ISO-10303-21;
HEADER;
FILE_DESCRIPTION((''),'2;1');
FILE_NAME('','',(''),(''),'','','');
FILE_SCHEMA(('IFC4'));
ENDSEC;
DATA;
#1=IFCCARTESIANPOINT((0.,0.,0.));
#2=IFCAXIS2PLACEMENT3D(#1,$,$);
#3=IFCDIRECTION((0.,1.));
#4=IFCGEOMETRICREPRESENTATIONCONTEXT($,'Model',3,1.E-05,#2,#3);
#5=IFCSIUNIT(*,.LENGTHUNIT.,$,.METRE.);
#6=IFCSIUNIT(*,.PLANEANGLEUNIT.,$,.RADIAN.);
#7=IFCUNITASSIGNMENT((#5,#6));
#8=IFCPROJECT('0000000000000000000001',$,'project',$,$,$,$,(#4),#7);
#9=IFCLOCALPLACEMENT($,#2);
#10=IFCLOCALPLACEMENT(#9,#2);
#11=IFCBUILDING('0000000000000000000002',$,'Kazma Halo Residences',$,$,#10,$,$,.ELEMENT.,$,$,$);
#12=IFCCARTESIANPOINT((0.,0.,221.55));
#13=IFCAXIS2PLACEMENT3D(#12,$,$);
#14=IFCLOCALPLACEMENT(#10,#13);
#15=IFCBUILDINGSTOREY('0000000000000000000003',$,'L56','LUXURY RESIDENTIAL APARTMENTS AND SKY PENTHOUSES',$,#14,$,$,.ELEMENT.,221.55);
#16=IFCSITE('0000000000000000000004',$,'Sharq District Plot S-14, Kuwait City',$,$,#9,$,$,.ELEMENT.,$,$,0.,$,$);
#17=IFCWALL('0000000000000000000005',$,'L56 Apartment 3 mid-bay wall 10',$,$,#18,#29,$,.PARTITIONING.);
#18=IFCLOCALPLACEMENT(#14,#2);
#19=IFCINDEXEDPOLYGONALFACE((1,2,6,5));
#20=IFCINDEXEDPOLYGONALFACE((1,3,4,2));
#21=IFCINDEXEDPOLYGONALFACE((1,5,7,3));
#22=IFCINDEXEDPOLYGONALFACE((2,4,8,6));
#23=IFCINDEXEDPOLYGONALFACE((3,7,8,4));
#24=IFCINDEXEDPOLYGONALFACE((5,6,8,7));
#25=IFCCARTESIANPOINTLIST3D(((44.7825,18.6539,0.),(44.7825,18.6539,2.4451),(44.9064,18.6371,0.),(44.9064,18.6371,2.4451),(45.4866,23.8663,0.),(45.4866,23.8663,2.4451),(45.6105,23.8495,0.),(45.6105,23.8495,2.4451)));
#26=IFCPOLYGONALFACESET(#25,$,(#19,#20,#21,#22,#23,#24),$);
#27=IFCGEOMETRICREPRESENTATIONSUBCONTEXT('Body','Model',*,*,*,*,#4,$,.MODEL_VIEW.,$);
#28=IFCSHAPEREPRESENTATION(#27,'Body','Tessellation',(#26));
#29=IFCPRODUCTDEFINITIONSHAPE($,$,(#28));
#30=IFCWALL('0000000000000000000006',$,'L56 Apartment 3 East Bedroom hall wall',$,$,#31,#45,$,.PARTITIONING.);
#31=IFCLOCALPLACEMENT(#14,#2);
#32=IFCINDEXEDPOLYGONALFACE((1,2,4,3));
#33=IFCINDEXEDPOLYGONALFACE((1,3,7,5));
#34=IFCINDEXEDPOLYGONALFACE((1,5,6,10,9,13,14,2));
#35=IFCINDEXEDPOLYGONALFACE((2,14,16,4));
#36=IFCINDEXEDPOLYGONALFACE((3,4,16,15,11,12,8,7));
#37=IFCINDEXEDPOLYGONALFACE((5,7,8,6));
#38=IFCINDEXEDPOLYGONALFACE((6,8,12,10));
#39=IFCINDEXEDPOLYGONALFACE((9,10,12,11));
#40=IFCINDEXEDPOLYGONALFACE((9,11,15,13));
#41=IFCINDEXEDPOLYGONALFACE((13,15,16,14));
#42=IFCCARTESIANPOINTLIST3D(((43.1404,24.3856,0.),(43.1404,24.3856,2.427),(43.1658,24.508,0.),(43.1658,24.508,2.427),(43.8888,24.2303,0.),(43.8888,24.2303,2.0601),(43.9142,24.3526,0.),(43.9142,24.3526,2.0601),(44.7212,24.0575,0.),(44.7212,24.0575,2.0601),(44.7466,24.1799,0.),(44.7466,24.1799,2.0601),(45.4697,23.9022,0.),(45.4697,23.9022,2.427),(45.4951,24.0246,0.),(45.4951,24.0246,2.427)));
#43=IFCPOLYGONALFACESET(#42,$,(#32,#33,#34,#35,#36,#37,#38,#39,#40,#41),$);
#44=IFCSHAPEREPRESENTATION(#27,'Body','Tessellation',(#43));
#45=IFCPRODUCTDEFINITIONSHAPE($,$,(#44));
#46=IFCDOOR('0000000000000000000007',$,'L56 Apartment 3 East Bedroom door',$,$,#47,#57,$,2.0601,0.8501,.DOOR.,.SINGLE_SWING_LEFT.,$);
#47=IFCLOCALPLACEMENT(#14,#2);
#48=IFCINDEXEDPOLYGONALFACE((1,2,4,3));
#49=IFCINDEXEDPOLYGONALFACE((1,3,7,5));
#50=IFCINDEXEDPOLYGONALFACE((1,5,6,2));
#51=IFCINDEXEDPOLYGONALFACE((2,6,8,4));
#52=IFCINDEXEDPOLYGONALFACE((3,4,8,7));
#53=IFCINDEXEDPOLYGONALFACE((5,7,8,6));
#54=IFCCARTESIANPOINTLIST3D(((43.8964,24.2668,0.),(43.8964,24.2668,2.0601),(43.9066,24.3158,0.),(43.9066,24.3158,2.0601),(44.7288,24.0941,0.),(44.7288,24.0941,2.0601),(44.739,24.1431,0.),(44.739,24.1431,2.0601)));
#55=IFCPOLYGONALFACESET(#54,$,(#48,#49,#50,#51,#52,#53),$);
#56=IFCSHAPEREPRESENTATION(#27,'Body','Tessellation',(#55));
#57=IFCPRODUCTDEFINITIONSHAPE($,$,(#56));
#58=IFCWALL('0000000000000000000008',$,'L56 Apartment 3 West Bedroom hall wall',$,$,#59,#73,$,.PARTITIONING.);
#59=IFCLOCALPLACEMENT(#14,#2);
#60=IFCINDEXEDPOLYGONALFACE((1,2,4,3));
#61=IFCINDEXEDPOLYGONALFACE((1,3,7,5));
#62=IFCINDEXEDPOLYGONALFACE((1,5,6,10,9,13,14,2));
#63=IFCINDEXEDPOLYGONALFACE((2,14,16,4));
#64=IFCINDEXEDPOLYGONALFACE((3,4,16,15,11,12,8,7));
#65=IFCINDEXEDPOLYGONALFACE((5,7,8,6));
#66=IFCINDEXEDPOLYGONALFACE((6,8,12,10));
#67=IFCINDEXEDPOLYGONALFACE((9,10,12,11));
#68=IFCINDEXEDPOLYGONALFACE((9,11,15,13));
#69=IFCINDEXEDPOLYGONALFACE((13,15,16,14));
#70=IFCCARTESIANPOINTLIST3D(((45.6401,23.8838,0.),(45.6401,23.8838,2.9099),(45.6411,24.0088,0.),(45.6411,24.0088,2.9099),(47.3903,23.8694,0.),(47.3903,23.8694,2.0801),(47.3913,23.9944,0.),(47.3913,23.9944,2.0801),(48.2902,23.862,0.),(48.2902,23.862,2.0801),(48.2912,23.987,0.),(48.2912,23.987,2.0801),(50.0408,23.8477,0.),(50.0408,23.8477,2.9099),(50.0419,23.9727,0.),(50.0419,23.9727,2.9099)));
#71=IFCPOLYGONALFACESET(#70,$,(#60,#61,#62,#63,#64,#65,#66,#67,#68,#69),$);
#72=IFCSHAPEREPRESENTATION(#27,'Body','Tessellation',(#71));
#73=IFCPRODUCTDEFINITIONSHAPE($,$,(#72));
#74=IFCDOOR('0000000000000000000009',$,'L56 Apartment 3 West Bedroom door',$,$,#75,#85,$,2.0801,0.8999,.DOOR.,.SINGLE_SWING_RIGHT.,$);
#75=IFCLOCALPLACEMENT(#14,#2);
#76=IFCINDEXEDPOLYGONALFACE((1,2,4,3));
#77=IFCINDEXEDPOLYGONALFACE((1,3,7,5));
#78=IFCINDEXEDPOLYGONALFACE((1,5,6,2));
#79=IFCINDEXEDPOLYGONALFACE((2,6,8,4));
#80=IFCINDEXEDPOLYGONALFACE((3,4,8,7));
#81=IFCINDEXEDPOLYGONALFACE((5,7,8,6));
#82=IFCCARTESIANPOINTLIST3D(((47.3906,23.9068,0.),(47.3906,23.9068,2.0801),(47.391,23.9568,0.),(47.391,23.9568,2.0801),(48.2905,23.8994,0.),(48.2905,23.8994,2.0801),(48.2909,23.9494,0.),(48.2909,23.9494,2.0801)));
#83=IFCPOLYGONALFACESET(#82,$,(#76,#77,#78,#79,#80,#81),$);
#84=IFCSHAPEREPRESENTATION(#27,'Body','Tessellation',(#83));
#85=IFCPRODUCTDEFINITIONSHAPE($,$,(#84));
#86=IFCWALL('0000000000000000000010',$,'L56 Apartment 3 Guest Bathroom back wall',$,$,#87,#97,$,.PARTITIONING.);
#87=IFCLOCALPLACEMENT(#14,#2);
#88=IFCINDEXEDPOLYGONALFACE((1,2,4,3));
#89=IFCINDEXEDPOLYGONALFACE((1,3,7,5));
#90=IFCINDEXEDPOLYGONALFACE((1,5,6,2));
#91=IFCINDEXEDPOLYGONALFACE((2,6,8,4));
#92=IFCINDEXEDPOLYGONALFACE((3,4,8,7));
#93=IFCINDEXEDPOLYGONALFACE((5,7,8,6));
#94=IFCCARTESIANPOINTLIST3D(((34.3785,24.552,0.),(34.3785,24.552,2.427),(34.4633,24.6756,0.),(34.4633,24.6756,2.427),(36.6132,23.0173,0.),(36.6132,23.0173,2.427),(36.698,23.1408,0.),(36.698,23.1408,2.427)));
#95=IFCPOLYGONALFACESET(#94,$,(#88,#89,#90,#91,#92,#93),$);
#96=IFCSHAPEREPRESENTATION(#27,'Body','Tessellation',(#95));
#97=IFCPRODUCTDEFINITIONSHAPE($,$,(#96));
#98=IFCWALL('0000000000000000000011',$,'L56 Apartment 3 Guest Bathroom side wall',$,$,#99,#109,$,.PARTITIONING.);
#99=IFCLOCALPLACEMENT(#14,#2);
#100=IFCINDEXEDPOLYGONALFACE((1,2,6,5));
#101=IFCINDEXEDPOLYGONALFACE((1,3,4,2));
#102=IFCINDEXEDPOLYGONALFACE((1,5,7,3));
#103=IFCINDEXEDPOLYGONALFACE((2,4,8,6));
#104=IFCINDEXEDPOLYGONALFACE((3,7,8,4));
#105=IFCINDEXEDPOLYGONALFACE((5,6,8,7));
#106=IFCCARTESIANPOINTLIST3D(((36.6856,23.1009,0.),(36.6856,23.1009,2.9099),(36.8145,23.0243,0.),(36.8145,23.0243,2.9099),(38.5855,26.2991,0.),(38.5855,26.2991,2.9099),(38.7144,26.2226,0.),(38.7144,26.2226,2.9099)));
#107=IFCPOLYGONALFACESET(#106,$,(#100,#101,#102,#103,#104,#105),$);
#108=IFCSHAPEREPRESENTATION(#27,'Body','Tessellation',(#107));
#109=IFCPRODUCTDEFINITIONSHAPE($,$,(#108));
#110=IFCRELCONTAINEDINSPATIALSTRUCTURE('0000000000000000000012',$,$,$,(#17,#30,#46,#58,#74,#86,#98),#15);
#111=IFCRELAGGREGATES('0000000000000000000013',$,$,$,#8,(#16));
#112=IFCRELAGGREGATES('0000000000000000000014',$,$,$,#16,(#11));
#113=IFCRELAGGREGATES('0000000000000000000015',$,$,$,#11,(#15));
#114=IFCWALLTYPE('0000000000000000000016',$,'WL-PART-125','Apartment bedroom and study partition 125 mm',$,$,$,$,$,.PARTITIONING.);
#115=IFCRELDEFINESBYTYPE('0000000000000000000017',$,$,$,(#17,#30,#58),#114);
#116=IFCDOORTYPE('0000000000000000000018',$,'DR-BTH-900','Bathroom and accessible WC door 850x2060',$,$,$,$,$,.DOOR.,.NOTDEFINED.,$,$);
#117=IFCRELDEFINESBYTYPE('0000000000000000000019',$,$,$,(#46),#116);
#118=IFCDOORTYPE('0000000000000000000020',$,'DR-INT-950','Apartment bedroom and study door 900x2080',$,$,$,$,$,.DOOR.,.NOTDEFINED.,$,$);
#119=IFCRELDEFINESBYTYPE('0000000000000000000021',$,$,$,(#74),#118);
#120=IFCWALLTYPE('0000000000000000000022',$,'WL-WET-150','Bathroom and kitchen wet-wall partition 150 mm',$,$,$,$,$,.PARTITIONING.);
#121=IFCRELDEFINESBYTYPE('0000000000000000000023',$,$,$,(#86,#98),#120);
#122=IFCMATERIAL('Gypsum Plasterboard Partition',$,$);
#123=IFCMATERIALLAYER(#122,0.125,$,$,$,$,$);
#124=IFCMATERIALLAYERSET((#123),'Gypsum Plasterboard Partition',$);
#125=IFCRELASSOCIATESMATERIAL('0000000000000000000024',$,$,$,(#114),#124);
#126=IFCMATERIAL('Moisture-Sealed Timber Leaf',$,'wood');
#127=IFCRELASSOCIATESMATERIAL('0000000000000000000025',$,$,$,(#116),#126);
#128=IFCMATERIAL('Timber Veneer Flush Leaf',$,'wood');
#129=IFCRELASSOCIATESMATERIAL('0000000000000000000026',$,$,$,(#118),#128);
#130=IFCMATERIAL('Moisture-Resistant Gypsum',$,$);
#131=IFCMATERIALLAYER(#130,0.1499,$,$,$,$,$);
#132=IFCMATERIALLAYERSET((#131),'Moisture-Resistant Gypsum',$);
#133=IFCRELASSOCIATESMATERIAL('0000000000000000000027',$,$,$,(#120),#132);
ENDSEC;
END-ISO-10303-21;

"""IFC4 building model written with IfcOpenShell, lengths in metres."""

from ifc_helpers import new_model, si_unit, direction, frame, frame_2d, origin, place, context, subcontext, project, spatial, rectangle, extrude, material, layer, layer_set, type_object, element, fill, save


model = new_model("IFC4")

# Units and contexts
model_context = context("Model", 3, precision=1e-05, world=origin(), true_north=direction((0.0, 1.0)))
body_context = subcontext(model_context, "Body", "Model", "MODEL_VIEW")
ifc_project = project(units=[si_unit("LENGTHUNIT", "METRE"), si_unit("PLANEANGLEUNIT", "RADIAN")], contexts=[model_context])

# Site, building, storey
site_placement = place(None, origin())
site = spatial("IfcSite", under=ifc_project, at=site_placement, Name="Sharq District Plot S-14, Kuwait City", CompositionType="ELEMENT", RefElevation=0.0)
building_placement = place(site_placement, origin())
building = spatial("IfcBuilding", under=site, at=building_placement, Name="Kazma Halo Residences", CompositionType="ELEMENT")
storey_placement = place(building_placement, frame((0.0, 0.0, 221.55)))
storey = spatial("IfcBuildingStorey", under=building, at=storey_placement, Name="L56", Description="LUXURY RESIDENTIAL APARTMENTS AND SKY PENTHOUSES", CompositionType="ELEMENT", Elevation=221.55)

# Shared definitions
ifc_material_1 = material(Name="Gypsum Plasterboard Partition")
ifc_layer_1 = layer(ifc_material_1, 0.125)
ifc_layer_set_1 = layer_set([ifc_layer_1], Name="Gypsum Plasterboard Partition")
wall_type_1 = type_object("IfcWallType", Name="WL-PART-125", Description="Apartment bedroom and study partition 125 mm", PredefinedType="PARTITIONING", material=ifc_layer_set_1)
ifc_material_2 = material(Name="Moisture-Sealed Timber Leaf", Category="wood")
door_type_1 = type_object("IfcDoorType", Name="DR-BTH-900", Description="Bathroom and accessible WC door 850x2060", OperationType="NOTDEFINED", PredefinedType="DOOR", material=ifc_material_2)

# Wall
wall_1_placement = place(storey_placement, frame((45.5486, 23.8579, 0.0), z_axis=(0.0, 0.0, 1.0), x_axis=(-0.133866, -0.990999, 0.0)))
element("IfcWall", 1, at=wall_1_placement, inside=storey, type_object=wall_type_1, Name="L56 Apartment 3 mid-bay wall 10", PredefinedType="PARTITIONING", context=body_context, shape_type="SweptSolid", body=[
    extrude(rectangle(XDim=5.2598, YDim=0.125, at=frame_2d((2.6299, 0.0))), origin(), (0.0, 0.0, 1.0), 2.4451),
])

# Walls, openings, doors
wall_2_placement = place(storey_placement, frame((43.1531, 24.4468, 0.0), z_axis=(0.0, 0.0, 1.0), x_axis=(0.979138, -0.203196, 0.0)))
wall_2 = element("IfcWall", 2, at=wall_2_placement, inside=storey, type_object=wall_type_1, Name="L56 Apartment 3 East Bedroom hall wall", PredefinedType="PARTITIONING", context=body_context, shape_type="SweptSolid", body=[
    extrude(rectangle(XDim=2.3789, YDim=0.125, at=frame_2d((1.1895, 0.0))), origin(), (0.0, 0.0, 1.0), 2.427),
])
opening_1_placement = place(wall_2_placement, frame((0.7644, 0.0, 0.0)))
opening_1 = element("IfcOpeningElement", 3, at=opening_1_placement, cuts=wall_2, PredefinedType="OPENING", context=body_context, shape_type="SweptSolid", body=[
    extrude(rectangle(XDim=0.8501, YDim=2.0601, at=frame_2d((0.425, 1.03))), frame((0.0, 0.0725, 0.0), z_axis=(0.0, -1.0, 0.0), x_axis=(1.0, 0.0, 0.0)), (0.0, 0.0, 1.0), 0.145),
])
door_1_placement = place(opening_1_placement, origin())
door_1 = element("IfcDoor", 4, at=door_1_placement, inside=storey, type_object=door_type_1, Name="L56 Apartment 3 East Bedroom door", OperationType="SINGLE_SWING_LEFT", OverallHeight=2.0601, OverallWidth=0.8501, PredefinedType="DOOR", context=body_context, shape_type="SweptSolid", body=[
    extrude(rectangle(XDim=0.8501, YDim=2.0601, at=frame_2d((0.425, 1.03))), frame((0.0, 0.0249, 0.0), z_axis=(0.0, -1.0, 0.0), x_axis=(1.0, 0.0, 0.0)), (0.0, 0.0, 1.0), 0.05),
])
fill(opening_1, door_1)
wall_3_placement = place(storey_placement, frame((45.6406, 23.9463, 0.0), z_axis=(0.0, 0.0, 1.0), x_axis=(0.999966, -0.008211, 0.0)))
wall_3 = element("IfcWall", 5, at=wall_3_placement, inside=storey, type_object=wall_type_1, Name="L56 Apartment 3 West Bedroom hall wall", PredefinedType="PARTITIONING", context=body_context, shape_type="SweptSolid", body=[
    extrude(rectangle(XDim=4.4009, YDim=0.125, at=frame_2d((2.2004, 0.0))), origin(), (0.0, 0.0, 1.0), 2.9099),
])
opening_2_placement = place(wall_3_placement, frame((1.7502, 0.0, 0.0)))
opening_2 = element("IfcOpeningElement", 6, at=opening_2_placement, cuts=wall_3, PredefinedType="OPENING", context=body_context, shape_type="SweptSolid", body=[
    extrude(rectangle(XDim=0.8999, YDim=2.0801, at=frame_2d((0.45, 1.04))), frame((0.0, 0.0725, 0.0), z_axis=(0.0, -1.0, 0.0), x_axis=(1.0, 0.0, 0.0)), (0.0, 0.0, 1.0), 0.145),
])
ifc_material_3 = material(Name="Timber Veneer Flush Leaf", Category="wood")
door_type_2 = type_object("IfcDoorType", Name="DR-INT-950", Description="Apartment bedroom and study door 900x2080", OperationType="NOTDEFINED", PredefinedType="DOOR", material=ifc_material_3)
door_2_placement = place(opening_2_placement, origin())
door_2 = element("IfcDoor", 7, at=door_2_placement, inside=storey, type_object=door_type_2, Name="L56 Apartment 3 West Bedroom door", OperationType="SINGLE_SWING_RIGHT", OverallHeight=2.0801, OverallWidth=0.8999, PredefinedType="DOOR", context=body_context, shape_type="SweptSolid", body=[
    extrude(rectangle(XDim=0.8999, YDim=2.0801, at=frame_2d((0.45, 1.04))), frame((0.0, 0.0249, 0.0), z_axis=(0.0, -1.0, 0.0), x_axis=(1.0, 0.0, 0.0)), (0.0, 0.0, 1.0), 0.05),
])
fill(opening_2, door_2)

# Walls
ifc_material_4 = material(Name="Moisture-Resistant Gypsum")
ifc_layer_2 = layer(ifc_material_4, 0.1499)
ifc_layer_set_2 = layer_set([ifc_layer_2], Name="Moisture-Resistant Gypsum")
wall_type_2 = type_object("IfcWallType", Name="WL-WET-150", Description="Bathroom and kitchen wet-wall partition 150 mm", PredefinedType="PARTITIONING", material=ifc_layer_set_2)
wall_4_placement = place(storey_placement, frame((34.4209, 24.6138, 0.0), z_axis=(0.0, 0.0, 1.0), x_axis=(0.824323, -0.56612, 0.0)))
element("IfcWall", 8, at=wall_4_placement, inside=storey, type_object=wall_type_2, Name="L56 Apartment 3 Guest Bathroom back wall", PredefinedType="PARTITIONING", context=body_context, shape_type="SweptSolid", body=[
    extrude(rectangle(XDim=2.7109, YDim=0.1499, at=frame_2d((1.3555, 0.0))), origin(), (0.0, 0.0, 1.0), 2.427),
])
wall_5_placement = place(storey_placement, frame((38.6499, 26.2607, 0.0), z_axis=(0.0, 0.0, 1.0), x_axis=(-0.510727, -0.859743, 0.0)))
element("IfcWall", 9, at=wall_5_placement, inside=storey, type_object=wall_type_2, Name="L56 Apartment 3 Guest Bathroom side wall", PredefinedType="PARTITIONING", context=body_context, shape_type="SweptSolid", body=[
    extrude(rectangle(XDim=3.72, YDim=0.1499, at=frame_2d((1.8599, 0.0))), origin(), (0.0, 0.0, 1.0), 2.9099),
])

save(model, "model.ifc")
